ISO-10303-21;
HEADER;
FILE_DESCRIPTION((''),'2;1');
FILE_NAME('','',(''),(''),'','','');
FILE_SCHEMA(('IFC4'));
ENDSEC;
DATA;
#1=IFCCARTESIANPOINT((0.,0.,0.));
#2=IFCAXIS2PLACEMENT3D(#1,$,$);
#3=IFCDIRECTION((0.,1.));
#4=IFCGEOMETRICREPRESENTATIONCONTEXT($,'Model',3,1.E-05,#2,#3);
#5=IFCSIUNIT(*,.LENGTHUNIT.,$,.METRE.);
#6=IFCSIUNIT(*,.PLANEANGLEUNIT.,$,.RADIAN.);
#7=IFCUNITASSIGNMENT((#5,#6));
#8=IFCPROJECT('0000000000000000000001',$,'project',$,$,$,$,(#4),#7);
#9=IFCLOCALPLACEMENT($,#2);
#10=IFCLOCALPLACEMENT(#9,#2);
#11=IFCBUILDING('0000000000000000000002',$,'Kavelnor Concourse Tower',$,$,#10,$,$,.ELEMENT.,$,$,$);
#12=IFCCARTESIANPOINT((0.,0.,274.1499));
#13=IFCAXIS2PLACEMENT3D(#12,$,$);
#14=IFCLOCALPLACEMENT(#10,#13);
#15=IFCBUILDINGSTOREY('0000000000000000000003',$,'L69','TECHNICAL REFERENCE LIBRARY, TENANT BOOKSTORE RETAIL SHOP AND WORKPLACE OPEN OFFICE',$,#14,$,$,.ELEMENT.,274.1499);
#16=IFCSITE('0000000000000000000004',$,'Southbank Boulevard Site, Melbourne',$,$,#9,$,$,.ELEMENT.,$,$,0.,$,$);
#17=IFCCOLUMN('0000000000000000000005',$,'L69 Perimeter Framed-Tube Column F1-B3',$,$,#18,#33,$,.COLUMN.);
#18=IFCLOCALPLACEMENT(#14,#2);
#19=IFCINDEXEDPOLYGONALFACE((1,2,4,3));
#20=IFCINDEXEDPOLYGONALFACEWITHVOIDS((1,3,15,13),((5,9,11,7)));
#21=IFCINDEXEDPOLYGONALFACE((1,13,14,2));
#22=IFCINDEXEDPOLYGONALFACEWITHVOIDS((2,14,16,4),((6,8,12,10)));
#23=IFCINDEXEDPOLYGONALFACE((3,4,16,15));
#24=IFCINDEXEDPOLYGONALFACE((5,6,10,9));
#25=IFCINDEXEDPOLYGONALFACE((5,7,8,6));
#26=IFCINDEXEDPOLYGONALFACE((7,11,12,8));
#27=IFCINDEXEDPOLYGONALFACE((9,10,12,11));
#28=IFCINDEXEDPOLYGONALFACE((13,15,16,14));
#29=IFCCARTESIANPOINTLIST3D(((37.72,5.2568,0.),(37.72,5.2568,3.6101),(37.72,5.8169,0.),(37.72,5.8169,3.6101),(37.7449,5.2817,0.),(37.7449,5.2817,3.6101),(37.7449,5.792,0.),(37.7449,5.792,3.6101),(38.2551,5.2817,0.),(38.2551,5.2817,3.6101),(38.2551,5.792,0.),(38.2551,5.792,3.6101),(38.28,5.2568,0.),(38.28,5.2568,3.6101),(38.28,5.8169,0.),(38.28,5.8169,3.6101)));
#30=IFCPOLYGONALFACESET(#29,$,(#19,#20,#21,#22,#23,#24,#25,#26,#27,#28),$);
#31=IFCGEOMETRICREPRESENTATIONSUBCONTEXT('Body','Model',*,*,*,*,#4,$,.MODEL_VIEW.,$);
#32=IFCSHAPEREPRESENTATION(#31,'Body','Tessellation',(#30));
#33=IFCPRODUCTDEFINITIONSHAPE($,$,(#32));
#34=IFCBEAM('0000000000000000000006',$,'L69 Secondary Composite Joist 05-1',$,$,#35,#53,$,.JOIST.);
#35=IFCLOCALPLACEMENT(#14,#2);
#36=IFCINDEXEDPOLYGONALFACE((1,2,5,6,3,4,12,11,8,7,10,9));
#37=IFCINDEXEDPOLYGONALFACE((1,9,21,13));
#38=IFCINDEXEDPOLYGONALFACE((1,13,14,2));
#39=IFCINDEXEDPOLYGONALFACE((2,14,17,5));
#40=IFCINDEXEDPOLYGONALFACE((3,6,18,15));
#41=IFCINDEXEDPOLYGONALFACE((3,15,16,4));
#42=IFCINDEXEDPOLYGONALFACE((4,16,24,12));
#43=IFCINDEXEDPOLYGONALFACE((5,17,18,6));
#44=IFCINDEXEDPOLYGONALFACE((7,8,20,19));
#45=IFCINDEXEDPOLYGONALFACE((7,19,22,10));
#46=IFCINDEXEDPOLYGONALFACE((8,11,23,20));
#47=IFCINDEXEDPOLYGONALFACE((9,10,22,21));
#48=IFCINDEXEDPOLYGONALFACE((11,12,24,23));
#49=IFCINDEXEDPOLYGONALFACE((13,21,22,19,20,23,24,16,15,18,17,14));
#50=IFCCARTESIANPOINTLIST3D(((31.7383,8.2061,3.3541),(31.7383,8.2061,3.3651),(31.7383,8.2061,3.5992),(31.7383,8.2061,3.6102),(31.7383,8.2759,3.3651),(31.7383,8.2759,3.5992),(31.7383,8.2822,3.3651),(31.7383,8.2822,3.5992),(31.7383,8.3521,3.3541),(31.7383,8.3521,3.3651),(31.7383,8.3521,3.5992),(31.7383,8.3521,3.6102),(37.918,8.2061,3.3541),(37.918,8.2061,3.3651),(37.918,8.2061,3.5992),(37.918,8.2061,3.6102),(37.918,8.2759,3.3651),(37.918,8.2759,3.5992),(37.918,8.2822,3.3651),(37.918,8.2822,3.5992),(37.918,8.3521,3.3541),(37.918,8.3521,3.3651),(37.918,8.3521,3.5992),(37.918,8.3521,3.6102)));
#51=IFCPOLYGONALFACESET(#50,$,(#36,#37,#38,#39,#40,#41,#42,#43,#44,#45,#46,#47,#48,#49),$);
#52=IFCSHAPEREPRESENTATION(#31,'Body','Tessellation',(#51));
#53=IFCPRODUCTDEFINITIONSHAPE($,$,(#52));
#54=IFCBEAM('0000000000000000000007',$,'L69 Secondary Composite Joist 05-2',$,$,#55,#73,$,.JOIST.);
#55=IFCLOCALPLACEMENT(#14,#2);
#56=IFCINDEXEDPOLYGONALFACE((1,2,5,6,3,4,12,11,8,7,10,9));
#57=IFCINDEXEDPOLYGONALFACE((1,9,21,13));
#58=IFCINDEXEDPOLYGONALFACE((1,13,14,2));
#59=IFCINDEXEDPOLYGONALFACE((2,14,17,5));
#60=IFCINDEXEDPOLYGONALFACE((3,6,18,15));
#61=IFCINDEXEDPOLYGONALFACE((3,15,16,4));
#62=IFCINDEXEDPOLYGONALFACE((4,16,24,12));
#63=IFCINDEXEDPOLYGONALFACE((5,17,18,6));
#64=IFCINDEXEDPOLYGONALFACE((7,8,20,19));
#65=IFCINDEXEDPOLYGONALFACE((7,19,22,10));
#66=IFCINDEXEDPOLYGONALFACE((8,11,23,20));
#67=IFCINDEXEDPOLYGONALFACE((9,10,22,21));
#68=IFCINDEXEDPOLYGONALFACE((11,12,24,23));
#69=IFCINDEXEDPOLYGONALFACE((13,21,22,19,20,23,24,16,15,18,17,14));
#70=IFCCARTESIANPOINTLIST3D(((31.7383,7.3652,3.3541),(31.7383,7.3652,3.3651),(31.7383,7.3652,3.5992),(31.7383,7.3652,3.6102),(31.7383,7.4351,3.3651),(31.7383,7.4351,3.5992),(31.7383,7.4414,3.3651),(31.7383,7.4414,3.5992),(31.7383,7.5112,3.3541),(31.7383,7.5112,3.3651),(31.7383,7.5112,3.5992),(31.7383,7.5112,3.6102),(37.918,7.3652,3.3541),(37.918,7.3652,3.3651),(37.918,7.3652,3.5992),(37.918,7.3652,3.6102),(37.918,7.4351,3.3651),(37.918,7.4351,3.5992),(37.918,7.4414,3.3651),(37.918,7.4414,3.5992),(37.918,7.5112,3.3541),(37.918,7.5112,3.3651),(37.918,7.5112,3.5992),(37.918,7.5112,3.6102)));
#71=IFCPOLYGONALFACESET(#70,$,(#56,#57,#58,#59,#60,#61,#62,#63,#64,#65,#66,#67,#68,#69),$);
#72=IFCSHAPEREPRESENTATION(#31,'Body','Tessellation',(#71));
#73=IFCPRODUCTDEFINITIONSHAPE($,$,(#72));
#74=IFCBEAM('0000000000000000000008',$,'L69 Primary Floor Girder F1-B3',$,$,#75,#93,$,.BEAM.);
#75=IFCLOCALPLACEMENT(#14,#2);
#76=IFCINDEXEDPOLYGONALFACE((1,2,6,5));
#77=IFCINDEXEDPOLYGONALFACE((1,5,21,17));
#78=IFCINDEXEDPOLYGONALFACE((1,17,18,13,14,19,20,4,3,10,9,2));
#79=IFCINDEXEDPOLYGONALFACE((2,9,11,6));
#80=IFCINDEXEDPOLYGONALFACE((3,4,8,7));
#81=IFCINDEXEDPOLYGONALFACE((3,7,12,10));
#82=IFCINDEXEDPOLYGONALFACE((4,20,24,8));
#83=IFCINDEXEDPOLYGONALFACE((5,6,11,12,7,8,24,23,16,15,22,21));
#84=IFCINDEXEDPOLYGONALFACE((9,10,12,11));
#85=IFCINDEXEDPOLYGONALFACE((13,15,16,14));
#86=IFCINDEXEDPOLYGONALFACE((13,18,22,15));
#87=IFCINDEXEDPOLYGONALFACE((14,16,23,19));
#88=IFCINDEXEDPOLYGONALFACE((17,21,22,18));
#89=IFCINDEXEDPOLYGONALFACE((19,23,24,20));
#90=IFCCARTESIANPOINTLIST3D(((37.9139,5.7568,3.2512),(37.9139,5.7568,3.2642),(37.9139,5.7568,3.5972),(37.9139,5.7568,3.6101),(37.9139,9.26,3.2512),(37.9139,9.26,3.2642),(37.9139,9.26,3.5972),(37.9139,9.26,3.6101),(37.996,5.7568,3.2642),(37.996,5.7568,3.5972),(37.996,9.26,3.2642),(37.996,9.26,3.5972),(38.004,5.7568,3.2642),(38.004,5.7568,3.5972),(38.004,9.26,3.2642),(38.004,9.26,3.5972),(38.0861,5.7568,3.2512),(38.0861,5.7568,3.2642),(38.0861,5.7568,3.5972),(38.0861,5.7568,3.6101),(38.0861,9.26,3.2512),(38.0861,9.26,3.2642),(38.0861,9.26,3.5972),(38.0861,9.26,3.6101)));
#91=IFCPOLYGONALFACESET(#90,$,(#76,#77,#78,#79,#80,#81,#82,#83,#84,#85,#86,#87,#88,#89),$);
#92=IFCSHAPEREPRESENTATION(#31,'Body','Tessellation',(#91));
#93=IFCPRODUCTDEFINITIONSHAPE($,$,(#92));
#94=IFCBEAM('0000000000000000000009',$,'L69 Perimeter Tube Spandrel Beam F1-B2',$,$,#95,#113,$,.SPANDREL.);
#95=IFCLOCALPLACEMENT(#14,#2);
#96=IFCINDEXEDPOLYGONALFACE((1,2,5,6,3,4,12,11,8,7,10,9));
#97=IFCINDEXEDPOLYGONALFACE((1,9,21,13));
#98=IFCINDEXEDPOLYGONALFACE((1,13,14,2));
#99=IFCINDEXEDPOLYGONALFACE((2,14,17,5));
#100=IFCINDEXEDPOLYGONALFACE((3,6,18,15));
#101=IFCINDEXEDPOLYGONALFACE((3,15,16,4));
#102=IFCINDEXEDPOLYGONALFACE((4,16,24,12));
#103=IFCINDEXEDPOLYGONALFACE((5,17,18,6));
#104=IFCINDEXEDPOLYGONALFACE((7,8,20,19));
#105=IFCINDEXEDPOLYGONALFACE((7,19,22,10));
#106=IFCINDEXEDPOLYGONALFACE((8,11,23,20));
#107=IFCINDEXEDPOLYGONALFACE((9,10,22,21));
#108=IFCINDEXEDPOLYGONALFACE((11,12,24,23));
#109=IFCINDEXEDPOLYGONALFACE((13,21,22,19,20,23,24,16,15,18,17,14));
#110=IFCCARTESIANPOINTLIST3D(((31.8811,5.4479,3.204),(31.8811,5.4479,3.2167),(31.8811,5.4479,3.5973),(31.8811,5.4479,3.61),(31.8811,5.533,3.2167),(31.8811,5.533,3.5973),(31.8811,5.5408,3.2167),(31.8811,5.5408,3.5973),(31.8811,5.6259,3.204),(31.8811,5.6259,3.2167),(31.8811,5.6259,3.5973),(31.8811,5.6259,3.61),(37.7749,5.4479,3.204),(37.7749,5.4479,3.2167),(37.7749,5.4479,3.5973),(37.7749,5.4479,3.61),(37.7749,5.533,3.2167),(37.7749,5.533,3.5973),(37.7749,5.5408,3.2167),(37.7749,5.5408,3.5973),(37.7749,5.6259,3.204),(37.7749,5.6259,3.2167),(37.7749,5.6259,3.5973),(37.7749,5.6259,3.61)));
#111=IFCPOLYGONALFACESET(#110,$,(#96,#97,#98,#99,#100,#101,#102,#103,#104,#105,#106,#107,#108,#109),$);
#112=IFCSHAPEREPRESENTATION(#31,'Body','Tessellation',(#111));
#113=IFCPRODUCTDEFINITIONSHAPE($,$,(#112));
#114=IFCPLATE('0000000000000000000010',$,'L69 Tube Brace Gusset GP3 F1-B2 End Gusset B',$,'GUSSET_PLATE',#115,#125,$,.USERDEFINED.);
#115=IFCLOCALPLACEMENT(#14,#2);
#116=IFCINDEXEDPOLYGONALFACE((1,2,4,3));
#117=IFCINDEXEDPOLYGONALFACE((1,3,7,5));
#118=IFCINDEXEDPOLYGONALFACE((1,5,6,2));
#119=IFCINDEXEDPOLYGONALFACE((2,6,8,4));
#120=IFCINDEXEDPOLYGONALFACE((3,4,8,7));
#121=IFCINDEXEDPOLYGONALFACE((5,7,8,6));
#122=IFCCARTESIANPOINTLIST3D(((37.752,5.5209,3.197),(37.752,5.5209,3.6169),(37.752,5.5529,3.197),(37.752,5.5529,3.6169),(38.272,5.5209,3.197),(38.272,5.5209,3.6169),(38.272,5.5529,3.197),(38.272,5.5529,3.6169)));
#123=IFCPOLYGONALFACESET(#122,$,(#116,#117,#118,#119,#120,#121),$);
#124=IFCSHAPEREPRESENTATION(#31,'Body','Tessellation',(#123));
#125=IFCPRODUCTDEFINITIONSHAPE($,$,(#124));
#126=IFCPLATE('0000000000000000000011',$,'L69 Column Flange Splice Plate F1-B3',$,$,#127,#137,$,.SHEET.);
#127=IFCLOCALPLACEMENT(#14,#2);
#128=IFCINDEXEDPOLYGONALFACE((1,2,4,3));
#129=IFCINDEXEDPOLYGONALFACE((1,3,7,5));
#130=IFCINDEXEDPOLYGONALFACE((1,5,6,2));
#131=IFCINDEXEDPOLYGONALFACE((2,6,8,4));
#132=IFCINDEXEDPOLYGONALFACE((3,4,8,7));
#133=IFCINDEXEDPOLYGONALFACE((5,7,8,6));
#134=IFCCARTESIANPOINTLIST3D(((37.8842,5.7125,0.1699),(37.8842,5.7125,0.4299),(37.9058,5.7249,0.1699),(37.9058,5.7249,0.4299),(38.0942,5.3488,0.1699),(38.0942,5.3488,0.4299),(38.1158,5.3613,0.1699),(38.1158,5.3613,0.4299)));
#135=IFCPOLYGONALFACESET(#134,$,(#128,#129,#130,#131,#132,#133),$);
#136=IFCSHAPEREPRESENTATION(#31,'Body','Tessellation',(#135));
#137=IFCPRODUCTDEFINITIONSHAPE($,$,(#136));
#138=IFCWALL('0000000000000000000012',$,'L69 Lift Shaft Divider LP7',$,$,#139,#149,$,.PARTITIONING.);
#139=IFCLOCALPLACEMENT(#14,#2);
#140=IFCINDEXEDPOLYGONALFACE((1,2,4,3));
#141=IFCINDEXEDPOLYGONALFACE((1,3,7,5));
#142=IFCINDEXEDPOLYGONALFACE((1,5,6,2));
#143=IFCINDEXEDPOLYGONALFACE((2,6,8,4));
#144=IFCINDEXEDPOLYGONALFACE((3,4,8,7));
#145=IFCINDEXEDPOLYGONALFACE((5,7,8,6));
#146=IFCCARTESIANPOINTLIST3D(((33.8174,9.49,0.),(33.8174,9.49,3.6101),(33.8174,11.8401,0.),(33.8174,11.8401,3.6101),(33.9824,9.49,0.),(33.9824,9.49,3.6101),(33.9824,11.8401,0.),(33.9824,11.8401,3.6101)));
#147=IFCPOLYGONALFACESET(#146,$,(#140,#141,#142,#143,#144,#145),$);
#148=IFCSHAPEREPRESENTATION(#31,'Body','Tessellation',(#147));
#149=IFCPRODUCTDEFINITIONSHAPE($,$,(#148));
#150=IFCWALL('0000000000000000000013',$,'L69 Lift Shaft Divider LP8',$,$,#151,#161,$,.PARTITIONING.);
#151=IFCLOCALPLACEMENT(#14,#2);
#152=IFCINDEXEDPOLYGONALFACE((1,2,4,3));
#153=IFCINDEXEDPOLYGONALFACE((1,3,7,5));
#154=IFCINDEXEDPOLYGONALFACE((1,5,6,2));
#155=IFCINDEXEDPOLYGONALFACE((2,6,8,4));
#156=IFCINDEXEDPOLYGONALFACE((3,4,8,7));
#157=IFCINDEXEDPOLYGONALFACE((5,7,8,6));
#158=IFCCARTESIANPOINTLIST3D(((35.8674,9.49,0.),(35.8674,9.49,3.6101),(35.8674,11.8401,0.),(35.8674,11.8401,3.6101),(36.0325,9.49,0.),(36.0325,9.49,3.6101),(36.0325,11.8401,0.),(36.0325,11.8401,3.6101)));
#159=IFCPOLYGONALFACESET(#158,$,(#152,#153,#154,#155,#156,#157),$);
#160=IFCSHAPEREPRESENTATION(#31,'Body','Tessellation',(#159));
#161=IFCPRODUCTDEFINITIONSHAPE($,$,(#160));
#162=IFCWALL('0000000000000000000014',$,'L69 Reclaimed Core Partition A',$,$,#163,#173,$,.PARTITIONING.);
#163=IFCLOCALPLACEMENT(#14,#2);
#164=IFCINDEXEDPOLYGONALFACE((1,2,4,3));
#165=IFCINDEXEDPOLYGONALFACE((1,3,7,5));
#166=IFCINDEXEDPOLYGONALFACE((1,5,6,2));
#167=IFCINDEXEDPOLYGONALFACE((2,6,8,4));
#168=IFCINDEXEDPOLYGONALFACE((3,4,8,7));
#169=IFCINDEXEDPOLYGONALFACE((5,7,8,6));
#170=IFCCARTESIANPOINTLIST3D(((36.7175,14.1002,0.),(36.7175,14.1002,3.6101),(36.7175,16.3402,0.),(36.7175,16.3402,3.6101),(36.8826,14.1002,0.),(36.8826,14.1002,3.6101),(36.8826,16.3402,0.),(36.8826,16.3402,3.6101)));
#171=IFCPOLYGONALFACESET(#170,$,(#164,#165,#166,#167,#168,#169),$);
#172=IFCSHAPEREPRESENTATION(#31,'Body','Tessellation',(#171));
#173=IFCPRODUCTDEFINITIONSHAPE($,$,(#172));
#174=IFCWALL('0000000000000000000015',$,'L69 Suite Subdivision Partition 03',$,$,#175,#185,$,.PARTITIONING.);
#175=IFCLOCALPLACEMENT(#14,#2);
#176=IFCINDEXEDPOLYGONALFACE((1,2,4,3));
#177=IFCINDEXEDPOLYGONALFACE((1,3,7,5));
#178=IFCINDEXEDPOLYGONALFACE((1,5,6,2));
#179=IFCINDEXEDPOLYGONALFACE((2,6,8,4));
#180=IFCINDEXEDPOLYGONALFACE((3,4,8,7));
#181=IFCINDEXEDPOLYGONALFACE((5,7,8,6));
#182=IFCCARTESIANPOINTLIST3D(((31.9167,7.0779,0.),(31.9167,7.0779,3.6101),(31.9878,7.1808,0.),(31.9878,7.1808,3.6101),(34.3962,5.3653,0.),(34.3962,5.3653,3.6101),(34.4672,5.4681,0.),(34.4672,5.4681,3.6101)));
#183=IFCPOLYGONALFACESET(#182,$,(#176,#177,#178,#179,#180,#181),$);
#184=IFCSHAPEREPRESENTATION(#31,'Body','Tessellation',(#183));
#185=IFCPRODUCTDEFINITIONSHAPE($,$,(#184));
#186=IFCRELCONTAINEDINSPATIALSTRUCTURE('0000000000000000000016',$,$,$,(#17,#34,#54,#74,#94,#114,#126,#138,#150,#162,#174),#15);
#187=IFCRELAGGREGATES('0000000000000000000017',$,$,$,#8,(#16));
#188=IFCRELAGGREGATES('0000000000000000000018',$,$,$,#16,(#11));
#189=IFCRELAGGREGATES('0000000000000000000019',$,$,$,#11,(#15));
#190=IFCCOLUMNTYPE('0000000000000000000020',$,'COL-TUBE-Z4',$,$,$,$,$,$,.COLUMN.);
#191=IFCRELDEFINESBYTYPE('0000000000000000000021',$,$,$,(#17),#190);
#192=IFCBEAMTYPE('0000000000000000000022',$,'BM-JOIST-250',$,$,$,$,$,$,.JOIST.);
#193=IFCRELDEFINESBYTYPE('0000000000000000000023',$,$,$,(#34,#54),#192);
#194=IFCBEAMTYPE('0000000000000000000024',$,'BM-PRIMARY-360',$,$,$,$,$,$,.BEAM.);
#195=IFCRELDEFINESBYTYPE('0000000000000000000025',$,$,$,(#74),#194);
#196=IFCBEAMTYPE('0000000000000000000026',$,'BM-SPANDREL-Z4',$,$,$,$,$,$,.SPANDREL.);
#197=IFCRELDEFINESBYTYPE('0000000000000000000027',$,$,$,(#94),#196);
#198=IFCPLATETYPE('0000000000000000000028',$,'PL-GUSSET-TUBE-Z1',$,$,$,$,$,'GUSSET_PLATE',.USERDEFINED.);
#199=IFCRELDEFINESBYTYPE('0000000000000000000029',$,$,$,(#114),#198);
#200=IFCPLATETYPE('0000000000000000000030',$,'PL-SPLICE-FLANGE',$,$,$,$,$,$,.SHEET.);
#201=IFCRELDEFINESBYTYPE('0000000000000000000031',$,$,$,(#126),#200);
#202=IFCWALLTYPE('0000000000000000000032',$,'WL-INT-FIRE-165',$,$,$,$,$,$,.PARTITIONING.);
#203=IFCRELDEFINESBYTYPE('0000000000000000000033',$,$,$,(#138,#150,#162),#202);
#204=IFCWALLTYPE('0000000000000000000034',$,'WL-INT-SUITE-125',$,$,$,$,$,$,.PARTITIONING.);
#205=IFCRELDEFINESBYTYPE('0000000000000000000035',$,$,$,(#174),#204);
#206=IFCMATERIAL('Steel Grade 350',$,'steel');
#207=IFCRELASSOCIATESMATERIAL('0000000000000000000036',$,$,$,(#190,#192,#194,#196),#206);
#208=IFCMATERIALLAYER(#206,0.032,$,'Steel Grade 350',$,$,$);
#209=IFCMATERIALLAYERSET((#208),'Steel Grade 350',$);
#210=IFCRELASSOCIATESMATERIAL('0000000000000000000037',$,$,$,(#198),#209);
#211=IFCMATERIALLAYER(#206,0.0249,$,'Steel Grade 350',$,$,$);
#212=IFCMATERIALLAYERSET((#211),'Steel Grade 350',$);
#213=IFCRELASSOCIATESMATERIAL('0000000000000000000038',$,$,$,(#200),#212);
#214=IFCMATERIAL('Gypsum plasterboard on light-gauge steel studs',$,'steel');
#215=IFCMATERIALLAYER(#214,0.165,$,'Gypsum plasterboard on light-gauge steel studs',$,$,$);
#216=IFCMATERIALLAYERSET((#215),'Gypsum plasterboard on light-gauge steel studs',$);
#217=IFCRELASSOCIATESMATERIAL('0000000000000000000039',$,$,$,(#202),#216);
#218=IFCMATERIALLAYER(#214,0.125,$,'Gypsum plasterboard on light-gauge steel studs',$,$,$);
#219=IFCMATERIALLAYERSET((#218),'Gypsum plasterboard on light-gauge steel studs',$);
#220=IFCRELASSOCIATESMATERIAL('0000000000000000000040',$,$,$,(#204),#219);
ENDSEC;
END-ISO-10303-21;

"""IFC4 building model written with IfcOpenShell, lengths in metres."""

from ifc_helpers import new_model, si_unit, direction, frame, frame_2d, origin, origin_2d, place, context, subcontext, project, spatial, rectangle, hollow_rectangle, i_section, extrude, material, layer, layer_set, material_profile, profile_set, type_object, element, save


model = new_model("IFC4")

# Units and contexts
model_context = context("Model", 3, precision=1e-05, world=origin(), true_north=direction((0.0, 1.0)))
body_context = subcontext(model_context, "Body", "Model", "MODEL_VIEW")
ifc_project = project(units=[si_unit("LENGTHUNIT", "METRE"), si_unit("PLANEANGLEUNIT", "RADIAN")], contexts=[model_context])

# Site, building, storey
site_placement = place(None, origin())
site = spatial("IfcSite", under=ifc_project, at=site_placement, Name="Southbank Boulevard Site, Melbourne", CompositionType="ELEMENT", RefElevation=0.0)
building_placement = place(site_placement, origin())
building = spatial("IfcBuilding", under=site, at=building_placement, Name="Kavelnor Concourse Tower", CompositionType="ELEMENT")
storey_placement = place(building_placement, frame((0.0, 0.0, 274.1499)))
storey = spatial("IfcBuildingStorey", under=building, at=storey_placement, Name="L69", Description="TECHNICAL REFERENCE LIBRARY, TENANT BOOKSTORE RETAIL SHOP AND WORKPLACE OPEN OFFICE", CompositionType="ELEMENT", Elevation=274.1499)

# Column
ifc_material_1 = material(Name="Steel Grade 350", Category="steel")
ifc_material_profile_1 = material_profile(ifc_material_1, hollow_rectangle(XDim=0.5601, YDim=0.5601, WallThickness=0.0249, at=origin_2d()), Name="SHS 560x560x25")
ifc_profile_set_1 = profile_set([ifc_material_profile_1], Name="Steel Grade 350")
column_type = type_object("IfcColumnType", Name="COL-TUBE-Z4", PredefinedType="COLUMN", material=ifc_profile_set_1)
column_placement = place(storey_placement, frame((38.0, 5.5369, 0.0), z_axis=(0.0, 0.0, 1.0), x_axis=(1.0, 0.0, 0.0)))
element("IfcColumn", 1, at=column_placement, inside=storey, type_object=column_type, Name="L69 Perimeter Framed-Tube Column F1-B3", PredefinedType="COLUMN", context=body_context, shape_type="SweptSolid", body=[
    extrude(hollow_rectangle(XDim=0.5601, YDim=0.5601, WallThickness=0.0249, at=origin_2d()), origin(), (0.0, 0.0, 1.0), 3.6101),
])

# Beams
ifc_material_profile_2 = material_profile(ifc_material_1, i_section(OverallWidth=0.146, OverallDepth=0.2561, WebThickness=0.0063, FlangeThickness=0.011, at=origin_2d()), Name="250UB37")
ifc_profile_set_2 = profile_set([ifc_material_profile_2], Name="Steel Grade 350")
beam_type_1 = type_object("IfcBeamType", Name="BM-JOIST-250", PredefinedType="JOIST", material=ifc_profile_set_2)
for number, where, z_axis, x_axis, name in (
    (2, (31.7383, 8.2791, 3.4822), (1.0, 0.0, 0.0), (0.0, 1.0, 0.0), "L69 Secondary Composite Joist 05-1"),
    (3, (31.7383, 7.4382, 3.4822), (1.0, 0.0, 0.0), (0.0, 1.0, 0.0), "L69 Secondary Composite Joist 05-2"),
):
    element("IfcBeam", number, at=place(storey_placement, frame(where, z_axis=z_axis, x_axis=x_axis)), inside=storey, type_object=beam_type_1, Name=name, PredefinedType="JOIST", context=body_context, shape_type="SweptSolid", body=[
        extrude(i_section(OverallWidth=0.146, OverallDepth=0.2561, WebThickness=0.0063, FlangeThickness=0.011, at=origin_2d()), origin(), (0.0, 0.0, 1.0), 6.1797),
    ])
ifc_material_profile_3 = material_profile(ifc_material_1, i_section(OverallWidth=0.1721, OverallDepth=0.3589, WebThickness=0.0081, FlangeThickness=0.0129, at=origin_2d()), Name="360UB56")
ifc_profile_set_3 = profile_set([ifc_material_profile_3], Name="Steel Grade 350")
beam_type_2 = type_object("IfcBeamType", Name="BM-PRIMARY-360", PredefinedType="BEAM", material=ifc_profile_set_3)
beam_1_placement = place(storey_placement, frame((38.0, 9.26, 3.4307), z_axis=(0.0, -1.0, 0.0), x_axis=(1.0, 0.0, 0.0)))
element("IfcBeam", 4, at=beam_1_placement, inside=storey, type_object=beam_type_2, Name="L69 Primary Floor Girder F1-B3", PredefinedType="BEAM", context=body_context, shape_type="SweptSolid", body=[
    extrude(i_section(OverallWidth=0.1721, OverallDepth=0.3589, WebThickness=0.0081, FlangeThickness=0.0129, at=origin_2d()), origin(), (0.0, 0.0, 1.0), 3.5032),
])
ifc_material_profile_4 = material_profile(ifc_material_1, i_section(OverallWidth=0.178, OverallDepth=0.406, WebThickness=0.0078, FlangeThickness=0.0127, at=origin_2d()), Name="410UB59")
ifc_profile_set_4 = profile_set([ifc_material_profile_4], Name="Steel Grade 350")
beam_type_3 = type_object("IfcBeamType", Name="BM-SPANDREL-Z4", PredefinedType="SPANDREL", material=ifc_profile_set_4)
beam_2_placement = place(storey_placement, frame((31.8811, 5.5369, 3.407), z_axis=(1.0, 0.0, 0.0), x_axis=(0.0, 1.0, 0.0)))
element("IfcBeam", 5, at=beam_2_placement, inside=storey, type_object=beam_type_3, Name="L69 Perimeter Tube Spandrel Beam F1-B2", PredefinedType="SPANDREL", context=body_context, shape_type="SweptSolid", body=[
    extrude(i_section(OverallWidth=0.178, OverallDepth=0.406, WebThickness=0.0078, FlangeThickness=0.0127, at=origin_2d()), origin(), (0.0, 0.0, 1.0), 5.8938),
])

# Plates
ifc_layer_1 = layer(ifc_material_1, 0.032, Name="Steel Grade 350")
ifc_layer_set_1 = layer_set([ifc_layer_1], Name="Steel Grade 350")
plate_type_1 = type_object("IfcPlateType", Name="PL-GUSSET-TUBE-Z1", ElementType="GUSSET_PLATE", PredefinedType="USERDEFINED", material=ifc_layer_set_1)
plate_1_placement = place(storey_placement, frame((38.012, 5.5369, 3.197), z_axis=(0.0, 0.0, 1.0), x_axis=(1.0, 0.0, 0.0)))
element("IfcPlate", 6, at=plate_1_placement, inside=storey, type_object=plate_type_1, Name="L69 Tube Brace Gusset GP3 F1-B2 End Gusset B", ObjectType="GUSSET_PLATE", PredefinedType="USERDEFINED", context=body_context, shape_type="SweptSolid", body=[
    extrude(rectangle(XDim=0.52, YDim=0.032, at=origin_2d()), origin(), (0.0, 0.0, 1.0), 0.4199),
])
ifc_layer_2 = layer(ifc_material_1, 0.0249, Name="Steel Grade 350")
ifc_layer_set_2 = layer_set([ifc_layer_2], Name="Steel Grade 350")
plate_type_2 = type_object("IfcPlateType", Name="PL-SPLICE-FLANGE", PredefinedType="SHEET", material=ifc_layer_set_2)
plate_2_placement = place(storey_placement, frame((38.0, 5.5369, 0.1699), z_axis=(0.0, 0.0, 1.0), x_axis=(-0.5, 0.866025, 0.0)))
element("IfcPlate", 7, at=plate_2_placement, inside=storey, type_object=plate_type_2, Name="L69 Column Flange Splice Plate F1-B3", PredefinedType="SHEET", context=body_context, shape_type="SweptSolid", body=[
    extrude(rectangle(XDim=0.4199, YDim=0.0249, at=origin_2d()), origin(), (0.0, 0.0, 1.0), 0.26),
])

# Walls
ifc_material_2 = material(Name="Gypsum plasterboard on light-gauge steel studs", Category="steel")
ifc_layer_3 = layer(ifc_material_2, 0.165, Name="Gypsum plasterboard on light-gauge steel studs")
ifc_layer_set_3 = layer_set([ifc_layer_3], Name="Gypsum plasterboard on light-gauge steel studs")
wall_type_1 = type_object("IfcWallType", Name="WL-INT-FIRE-165", PredefinedType="PARTITIONING", material=ifc_layer_set_3)
for number, where, z_axis, x_axis, name in (
    (8, (33.8999, 9.49, 0.0), (0.0, 0.0, 1.0), (0.0, 1.0, 0.0), "L69 Lift Shaft Divider LP7"),
    (9, (35.95, 9.49, 0.0), (0.0, 0.0, 1.0), (0.0, 1.0, 0.0), "L69 Lift Shaft Divider LP8"),
):
    element("IfcWall", number, at=place(storey_placement, frame(where, z_axis=z_axis, x_axis=x_axis)), inside=storey, type_object=wall_type_1, Name=name, PredefinedType="PARTITIONING", context=body_context, shape_type="SweptSolid", body=[
        extrude(rectangle(XDim=2.3501, YDim=0.165, at=frame_2d((1.175, 0.0))), origin(), (0.0, 0.0, 1.0), 3.6101),
    ])
wall_1_placement = place(storey_placement, frame((36.8, 14.1001, 0.0), z_axis=(0.0, 0.0, 1.0), x_axis=(0.0, 1.0, 0.0)))
element("IfcWall", 10, at=wall_1_placement, inside=storey, type_object=wall_type_1, Name="L69 Reclaimed Core Partition A", PredefinedType="PARTITIONING", context=body_context, shape_type="SweptSolid", body=[
    extrude(rectangle(XDim=2.24, YDim=0.165, at=frame_2d((1.1201, 0.0))), origin(), (0.0, 0.0, 1.0), 3.6101),
])
ifc_layer_4 = layer(ifc_material_2, 0.125, Name="Gypsum plasterboard on light-gauge steel studs")
ifc_layer_set_4 = layer_set([ifc_layer_4], Name="Gypsum plasterboard on light-gauge steel studs")
wall_type_2 = type_object("IfcWallType", Name="WL-INT-SUITE-125", PredefinedType="PARTITIONING", material=ifc_layer_set_4)
wall_2_placement = place(storey_placement, frame((31.9521, 7.1294, 0.0), z_axis=(0.0, 0.0, 1.0), x_axis=(0.822801, -0.568329, 0.0)))
element("IfcWall", 11, at=wall_2_placement, inside=storey, type_object=wall_type_2, Name="L69 Suite Subdivision Partition 03", PredefinedType="PARTITIONING", context=body_context, shape_type="SweptSolid", body=[
    extrude(rectangle(XDim=3.0134, YDim=0.125, at=frame_2d((1.5068, 0.0))), origin(), (0.0, 0.0, 1.0), 3.6101),
])

save(model, "model.ifc")
